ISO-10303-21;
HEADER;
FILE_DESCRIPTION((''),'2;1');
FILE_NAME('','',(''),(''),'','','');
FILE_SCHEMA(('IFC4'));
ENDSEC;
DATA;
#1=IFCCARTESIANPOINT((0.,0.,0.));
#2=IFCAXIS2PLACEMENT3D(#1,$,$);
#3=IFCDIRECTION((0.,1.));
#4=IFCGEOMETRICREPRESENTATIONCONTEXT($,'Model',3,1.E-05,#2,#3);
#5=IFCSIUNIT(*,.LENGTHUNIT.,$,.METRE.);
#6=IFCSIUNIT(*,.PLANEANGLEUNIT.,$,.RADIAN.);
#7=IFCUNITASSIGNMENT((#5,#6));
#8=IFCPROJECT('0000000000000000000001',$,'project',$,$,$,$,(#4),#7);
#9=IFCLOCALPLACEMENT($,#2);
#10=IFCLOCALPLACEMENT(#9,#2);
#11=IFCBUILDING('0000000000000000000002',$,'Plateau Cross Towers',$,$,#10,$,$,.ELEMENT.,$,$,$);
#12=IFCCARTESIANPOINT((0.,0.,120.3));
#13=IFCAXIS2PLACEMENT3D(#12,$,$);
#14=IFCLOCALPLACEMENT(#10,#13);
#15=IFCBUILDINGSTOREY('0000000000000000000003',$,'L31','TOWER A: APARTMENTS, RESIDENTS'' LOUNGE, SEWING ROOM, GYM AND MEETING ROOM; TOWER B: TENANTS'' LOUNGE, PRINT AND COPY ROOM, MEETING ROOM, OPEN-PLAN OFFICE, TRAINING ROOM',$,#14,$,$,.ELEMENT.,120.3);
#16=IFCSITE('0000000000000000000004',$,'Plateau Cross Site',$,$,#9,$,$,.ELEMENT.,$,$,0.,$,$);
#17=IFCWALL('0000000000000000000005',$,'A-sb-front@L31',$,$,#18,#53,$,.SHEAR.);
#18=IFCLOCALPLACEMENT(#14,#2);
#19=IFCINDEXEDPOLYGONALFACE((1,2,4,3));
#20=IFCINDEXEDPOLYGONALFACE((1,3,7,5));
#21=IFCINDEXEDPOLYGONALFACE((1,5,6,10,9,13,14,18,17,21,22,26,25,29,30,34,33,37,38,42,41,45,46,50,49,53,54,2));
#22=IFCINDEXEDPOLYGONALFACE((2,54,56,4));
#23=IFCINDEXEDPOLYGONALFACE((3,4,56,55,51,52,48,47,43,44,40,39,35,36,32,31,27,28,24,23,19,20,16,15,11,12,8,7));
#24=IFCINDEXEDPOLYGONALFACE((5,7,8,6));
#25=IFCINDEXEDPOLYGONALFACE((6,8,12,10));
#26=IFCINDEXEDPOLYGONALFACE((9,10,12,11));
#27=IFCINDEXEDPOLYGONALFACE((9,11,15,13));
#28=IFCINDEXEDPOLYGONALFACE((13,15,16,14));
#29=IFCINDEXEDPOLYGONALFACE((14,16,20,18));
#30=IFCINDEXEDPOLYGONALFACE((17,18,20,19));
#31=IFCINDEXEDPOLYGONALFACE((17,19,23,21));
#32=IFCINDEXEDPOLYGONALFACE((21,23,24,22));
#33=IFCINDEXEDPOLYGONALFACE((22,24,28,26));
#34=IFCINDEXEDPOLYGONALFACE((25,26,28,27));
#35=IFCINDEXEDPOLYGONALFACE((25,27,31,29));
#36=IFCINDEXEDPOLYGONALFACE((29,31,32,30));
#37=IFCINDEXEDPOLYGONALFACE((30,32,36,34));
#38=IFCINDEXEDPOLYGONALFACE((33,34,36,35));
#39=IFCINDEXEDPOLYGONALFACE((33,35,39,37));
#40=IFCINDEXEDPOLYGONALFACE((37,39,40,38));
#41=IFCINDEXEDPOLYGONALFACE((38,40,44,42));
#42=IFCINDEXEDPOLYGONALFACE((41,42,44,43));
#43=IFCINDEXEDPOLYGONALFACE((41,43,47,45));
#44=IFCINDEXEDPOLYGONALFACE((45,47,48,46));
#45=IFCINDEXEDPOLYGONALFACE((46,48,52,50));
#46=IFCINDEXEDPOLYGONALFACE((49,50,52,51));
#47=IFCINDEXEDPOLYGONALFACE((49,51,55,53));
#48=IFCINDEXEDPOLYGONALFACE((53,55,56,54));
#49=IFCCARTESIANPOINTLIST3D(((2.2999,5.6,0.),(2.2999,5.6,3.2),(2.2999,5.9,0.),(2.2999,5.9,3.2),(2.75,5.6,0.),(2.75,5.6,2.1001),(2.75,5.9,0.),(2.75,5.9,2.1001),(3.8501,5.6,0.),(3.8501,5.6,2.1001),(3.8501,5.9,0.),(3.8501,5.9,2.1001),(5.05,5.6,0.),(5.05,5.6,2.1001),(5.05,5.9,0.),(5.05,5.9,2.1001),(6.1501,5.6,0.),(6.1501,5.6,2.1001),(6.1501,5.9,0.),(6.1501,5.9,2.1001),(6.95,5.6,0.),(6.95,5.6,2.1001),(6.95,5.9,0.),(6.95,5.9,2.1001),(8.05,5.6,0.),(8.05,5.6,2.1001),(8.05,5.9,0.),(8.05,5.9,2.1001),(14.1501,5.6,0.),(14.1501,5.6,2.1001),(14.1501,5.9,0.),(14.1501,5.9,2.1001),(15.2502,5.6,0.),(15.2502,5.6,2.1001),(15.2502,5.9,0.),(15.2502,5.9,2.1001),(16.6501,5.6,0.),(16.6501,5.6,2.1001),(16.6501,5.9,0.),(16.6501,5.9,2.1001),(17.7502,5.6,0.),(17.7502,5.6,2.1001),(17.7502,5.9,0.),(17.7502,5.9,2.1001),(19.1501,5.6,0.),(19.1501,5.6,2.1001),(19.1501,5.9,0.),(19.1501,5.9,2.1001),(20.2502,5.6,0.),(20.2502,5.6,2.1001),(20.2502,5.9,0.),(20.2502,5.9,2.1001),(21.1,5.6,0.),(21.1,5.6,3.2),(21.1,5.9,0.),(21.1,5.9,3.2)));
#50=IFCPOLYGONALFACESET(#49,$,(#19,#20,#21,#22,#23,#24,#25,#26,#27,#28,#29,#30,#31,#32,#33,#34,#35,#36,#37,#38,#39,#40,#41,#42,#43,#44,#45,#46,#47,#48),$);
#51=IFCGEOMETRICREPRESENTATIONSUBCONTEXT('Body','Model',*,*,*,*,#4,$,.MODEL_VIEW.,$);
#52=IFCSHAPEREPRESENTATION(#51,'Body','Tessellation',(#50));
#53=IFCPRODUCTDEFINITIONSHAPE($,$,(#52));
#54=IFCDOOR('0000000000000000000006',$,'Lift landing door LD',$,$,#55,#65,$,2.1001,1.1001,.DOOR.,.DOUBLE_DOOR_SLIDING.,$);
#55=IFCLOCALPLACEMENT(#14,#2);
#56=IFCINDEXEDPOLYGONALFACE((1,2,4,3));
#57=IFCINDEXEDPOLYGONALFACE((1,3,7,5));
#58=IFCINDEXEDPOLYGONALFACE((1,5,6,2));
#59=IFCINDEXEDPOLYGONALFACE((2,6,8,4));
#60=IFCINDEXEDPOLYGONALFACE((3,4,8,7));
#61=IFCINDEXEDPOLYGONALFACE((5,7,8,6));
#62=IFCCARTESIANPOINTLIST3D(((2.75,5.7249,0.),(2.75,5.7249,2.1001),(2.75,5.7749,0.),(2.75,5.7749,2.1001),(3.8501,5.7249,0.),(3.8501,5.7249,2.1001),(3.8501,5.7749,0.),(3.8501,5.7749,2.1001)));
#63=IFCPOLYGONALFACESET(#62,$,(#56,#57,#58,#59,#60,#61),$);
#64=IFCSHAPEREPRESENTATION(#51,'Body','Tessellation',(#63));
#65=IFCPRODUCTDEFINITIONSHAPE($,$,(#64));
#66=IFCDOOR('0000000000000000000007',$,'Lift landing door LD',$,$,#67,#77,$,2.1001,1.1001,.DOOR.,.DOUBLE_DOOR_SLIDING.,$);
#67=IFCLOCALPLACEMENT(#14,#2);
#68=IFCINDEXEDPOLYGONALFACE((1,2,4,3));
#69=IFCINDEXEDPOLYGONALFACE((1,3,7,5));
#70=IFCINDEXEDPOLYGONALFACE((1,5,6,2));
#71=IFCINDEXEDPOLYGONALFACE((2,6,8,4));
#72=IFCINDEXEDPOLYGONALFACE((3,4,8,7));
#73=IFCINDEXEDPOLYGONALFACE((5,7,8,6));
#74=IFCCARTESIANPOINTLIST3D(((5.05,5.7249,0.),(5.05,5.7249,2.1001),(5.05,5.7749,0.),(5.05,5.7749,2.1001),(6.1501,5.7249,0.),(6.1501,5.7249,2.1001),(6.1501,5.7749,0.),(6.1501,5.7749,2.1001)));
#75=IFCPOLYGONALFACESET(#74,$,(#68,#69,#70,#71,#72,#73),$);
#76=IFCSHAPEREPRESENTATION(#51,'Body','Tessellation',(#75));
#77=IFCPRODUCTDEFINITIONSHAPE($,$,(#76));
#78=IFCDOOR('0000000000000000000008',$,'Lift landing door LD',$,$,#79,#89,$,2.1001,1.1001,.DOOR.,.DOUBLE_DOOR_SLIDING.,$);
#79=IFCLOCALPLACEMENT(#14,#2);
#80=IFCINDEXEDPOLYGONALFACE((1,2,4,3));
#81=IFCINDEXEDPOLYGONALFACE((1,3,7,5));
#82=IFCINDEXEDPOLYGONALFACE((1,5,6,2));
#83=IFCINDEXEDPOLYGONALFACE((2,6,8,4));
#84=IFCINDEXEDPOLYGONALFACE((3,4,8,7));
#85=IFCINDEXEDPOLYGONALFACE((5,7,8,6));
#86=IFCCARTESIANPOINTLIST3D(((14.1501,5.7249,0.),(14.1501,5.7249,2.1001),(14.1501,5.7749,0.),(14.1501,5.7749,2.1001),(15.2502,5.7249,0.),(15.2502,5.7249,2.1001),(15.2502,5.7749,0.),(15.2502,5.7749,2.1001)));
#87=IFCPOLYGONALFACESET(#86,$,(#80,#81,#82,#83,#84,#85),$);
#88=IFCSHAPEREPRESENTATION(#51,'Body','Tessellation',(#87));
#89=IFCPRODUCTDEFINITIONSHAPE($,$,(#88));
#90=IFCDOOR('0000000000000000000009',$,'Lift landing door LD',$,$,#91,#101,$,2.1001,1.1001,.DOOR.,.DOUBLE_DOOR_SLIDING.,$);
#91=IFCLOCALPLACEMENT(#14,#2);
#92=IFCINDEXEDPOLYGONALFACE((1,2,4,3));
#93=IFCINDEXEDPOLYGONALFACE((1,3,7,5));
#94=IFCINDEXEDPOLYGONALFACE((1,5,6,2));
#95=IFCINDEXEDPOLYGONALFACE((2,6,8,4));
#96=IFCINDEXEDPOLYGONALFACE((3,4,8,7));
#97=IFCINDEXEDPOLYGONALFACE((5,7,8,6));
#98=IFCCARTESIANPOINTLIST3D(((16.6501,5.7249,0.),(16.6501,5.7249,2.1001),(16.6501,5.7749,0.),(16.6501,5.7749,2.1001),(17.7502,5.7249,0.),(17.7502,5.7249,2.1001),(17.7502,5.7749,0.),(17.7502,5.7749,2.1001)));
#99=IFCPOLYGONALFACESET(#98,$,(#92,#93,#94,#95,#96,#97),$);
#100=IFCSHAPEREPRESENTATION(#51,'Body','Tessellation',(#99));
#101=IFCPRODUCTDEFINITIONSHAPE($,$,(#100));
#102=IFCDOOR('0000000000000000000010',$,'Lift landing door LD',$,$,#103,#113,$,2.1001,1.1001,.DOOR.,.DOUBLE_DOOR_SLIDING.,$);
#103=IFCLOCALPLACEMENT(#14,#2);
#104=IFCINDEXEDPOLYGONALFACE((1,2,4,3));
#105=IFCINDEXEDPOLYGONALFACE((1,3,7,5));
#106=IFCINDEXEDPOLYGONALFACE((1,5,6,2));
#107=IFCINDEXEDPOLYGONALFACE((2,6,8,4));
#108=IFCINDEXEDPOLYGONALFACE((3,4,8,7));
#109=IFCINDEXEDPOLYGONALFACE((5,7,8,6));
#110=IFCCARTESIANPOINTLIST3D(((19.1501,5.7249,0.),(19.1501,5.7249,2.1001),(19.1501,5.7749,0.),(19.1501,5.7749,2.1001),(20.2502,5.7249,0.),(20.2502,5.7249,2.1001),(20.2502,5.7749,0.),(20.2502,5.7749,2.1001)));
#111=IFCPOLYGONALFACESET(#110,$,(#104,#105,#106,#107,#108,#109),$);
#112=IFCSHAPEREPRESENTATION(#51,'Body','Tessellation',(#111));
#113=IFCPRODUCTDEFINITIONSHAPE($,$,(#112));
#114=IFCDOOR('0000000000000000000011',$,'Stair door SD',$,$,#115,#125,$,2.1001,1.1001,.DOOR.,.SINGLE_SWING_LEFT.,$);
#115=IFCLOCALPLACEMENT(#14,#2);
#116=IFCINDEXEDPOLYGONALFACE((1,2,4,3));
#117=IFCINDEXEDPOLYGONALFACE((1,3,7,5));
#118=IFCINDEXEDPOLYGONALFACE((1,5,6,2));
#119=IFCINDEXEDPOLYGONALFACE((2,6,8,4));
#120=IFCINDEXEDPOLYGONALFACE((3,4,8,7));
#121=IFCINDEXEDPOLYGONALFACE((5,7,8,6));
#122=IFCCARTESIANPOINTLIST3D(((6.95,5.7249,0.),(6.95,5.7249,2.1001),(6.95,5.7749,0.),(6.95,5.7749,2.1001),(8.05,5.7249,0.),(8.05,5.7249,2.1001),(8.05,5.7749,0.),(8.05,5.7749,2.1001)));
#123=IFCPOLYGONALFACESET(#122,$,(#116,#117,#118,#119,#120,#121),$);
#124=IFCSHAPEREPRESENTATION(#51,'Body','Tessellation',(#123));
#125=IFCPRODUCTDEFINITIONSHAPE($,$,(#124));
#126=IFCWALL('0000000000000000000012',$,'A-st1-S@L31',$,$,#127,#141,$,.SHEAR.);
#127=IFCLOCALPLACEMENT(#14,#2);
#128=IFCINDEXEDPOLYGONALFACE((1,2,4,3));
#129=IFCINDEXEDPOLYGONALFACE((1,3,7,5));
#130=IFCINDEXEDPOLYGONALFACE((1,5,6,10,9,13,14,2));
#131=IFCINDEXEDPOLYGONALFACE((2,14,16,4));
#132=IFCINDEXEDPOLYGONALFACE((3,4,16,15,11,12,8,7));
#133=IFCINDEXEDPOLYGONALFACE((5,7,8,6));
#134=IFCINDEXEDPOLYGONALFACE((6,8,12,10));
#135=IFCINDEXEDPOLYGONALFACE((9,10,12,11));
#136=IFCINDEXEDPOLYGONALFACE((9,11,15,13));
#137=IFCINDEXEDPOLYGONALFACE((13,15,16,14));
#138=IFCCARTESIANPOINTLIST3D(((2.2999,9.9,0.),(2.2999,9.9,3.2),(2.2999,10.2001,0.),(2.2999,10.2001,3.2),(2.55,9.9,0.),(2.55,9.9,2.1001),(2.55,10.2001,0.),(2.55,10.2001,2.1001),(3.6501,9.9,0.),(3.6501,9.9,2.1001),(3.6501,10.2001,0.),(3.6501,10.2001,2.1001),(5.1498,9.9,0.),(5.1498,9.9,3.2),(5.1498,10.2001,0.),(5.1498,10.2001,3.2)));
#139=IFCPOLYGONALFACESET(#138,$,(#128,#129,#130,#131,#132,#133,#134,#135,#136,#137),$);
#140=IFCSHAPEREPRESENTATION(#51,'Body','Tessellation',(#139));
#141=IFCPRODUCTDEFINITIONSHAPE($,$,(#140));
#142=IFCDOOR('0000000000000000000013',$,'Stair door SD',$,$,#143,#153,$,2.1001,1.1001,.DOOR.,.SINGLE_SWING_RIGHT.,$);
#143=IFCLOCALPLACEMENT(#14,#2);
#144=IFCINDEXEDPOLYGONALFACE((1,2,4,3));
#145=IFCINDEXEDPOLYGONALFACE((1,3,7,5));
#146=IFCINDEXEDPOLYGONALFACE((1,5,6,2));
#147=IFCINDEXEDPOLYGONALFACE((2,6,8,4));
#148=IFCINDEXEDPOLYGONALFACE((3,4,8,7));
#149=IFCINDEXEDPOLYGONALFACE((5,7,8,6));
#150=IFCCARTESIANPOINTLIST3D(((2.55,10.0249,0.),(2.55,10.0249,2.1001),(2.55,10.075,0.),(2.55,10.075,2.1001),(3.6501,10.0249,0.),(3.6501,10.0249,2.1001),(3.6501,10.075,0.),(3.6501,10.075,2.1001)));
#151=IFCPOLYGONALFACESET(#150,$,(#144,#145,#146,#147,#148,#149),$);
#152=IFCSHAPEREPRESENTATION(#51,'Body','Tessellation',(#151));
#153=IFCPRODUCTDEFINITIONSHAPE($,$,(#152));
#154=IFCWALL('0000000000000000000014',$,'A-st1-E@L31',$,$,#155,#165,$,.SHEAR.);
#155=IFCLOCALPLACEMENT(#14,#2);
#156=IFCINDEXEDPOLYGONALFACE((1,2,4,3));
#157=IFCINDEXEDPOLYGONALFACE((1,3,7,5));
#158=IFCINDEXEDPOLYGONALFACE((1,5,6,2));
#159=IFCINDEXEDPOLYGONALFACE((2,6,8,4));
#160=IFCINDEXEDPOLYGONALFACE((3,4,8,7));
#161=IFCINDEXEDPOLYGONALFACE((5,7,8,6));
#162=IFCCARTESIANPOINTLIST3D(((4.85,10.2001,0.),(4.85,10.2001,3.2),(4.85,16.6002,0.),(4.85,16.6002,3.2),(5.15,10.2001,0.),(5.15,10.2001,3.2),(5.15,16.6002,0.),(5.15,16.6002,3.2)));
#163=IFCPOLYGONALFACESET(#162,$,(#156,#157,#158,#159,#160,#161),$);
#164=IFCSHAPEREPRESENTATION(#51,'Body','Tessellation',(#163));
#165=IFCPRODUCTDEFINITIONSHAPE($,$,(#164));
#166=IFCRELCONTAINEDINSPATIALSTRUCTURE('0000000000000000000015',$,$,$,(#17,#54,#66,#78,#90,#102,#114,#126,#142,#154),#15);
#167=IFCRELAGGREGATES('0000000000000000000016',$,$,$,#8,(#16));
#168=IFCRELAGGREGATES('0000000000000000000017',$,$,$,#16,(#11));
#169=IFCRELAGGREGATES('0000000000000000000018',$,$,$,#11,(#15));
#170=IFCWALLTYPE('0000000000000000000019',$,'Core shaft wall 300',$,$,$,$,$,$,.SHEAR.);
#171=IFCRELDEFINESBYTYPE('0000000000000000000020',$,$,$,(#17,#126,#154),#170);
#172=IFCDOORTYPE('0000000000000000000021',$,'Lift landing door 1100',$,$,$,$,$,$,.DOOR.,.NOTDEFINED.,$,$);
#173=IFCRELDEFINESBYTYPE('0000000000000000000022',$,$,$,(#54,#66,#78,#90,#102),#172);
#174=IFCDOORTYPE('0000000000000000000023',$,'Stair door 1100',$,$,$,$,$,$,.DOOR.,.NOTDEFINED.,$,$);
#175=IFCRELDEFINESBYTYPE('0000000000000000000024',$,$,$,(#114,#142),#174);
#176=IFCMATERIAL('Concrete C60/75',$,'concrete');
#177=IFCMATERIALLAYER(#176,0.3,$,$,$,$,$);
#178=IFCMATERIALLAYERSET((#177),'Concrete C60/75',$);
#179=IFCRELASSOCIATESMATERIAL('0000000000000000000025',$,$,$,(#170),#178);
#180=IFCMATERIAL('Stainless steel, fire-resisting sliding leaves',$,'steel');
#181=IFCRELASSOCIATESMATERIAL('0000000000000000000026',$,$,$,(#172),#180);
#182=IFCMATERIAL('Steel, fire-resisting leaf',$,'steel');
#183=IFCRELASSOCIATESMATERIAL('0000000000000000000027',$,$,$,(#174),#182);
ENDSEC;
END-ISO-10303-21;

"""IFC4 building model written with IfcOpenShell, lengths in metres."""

from ifc_helpers import new_model, si_unit, direction, frame, frame_2d, origin, place, context, subcontext, project, spatial, rectangle, extrude, material, layer, layer_set, type_object, element, fill, save


model = new_model("IFC4")

# Units and contexts
model_context = context("Model", 3, precision=1e-05, world=origin(), true_north=direction((0.0, 1.0)))
body_context = subcontext(model_context, "Body", "Model", "MODEL_VIEW")
ifc_project = project(units=[si_unit("LENGTHUNIT", "METRE"), si_unit("PLANEANGLEUNIT", "RADIAN")], contexts=[model_context])

# Site, building, storey
site_placement = place(None, origin())
site = spatial("IfcSite", under=ifc_project, at=site_placement, Name="Plateau Cross Site", CompositionType="ELEMENT", RefElevation=0.0)
building_placement = place(site_placement, origin())
building = spatial("IfcBuilding", under=site, at=building_placement, Name="Plateau Cross Towers", CompositionType="ELEMENT")
storey_placement = place(building_placement, frame((0.0, 0.0, 120.3)))
storey = spatial("IfcBuildingStorey", under=building, at=storey_placement, Name="L31", Description="TOWER A: APARTMENTS, RESIDENTS' LOUNGE, SEWING ROOM, GYM AND MEETING ROOM; TOWER B: TENANTS' LOUNGE, PRINT AND COPY ROOM, MEETING ROOM, OPEN-PLAN OFFICE, TRAINING ROOM", CompositionType="ELEMENT", Elevation=120.3)

# Shared definitions
ifc_material_1 = material(Name="Concrete C60/75", Category="concrete")
ifc_layer_1 = layer(ifc_material_1, 0.3)
ifc_layer_set_1 = layer_set([ifc_layer_1], Name="Concrete C60/75")
wall_type_1 = type_object("IfcWallType", Name="Core shaft wall 300", PredefinedType="SHEAR", material=ifc_layer_set_1)

# Wall, openings, doors
wall_1_placement = place(storey_placement, frame((2.3, 5.75, 0.0), z_axis=(0.0, 0.0, 1.0), x_axis=(1.0, 0.0, 0.0)))
wall_1 = element("IfcWall", 1, at=wall_1_placement, inside=storey, type_object=wall_type_1, Name="A-sb-front@L31", PredefinedType="SHEAR", context=body_context, shape_type="SweptSolid", body=[
    extrude(rectangle(XDim=18.8, YDim=0.3, at=frame_2d((9.3999, 0.0))), origin(), (0.0, 0.0, 1.0), 3.2),
])
opening_1_placement = place(wall_1_placement, frame((4.6499, 0.0, 0.0)))
opening_1 = element("IfcOpeningElement", 2, at=opening_1_placement, cuts=wall_1, PredefinedType="OPENING", context=body_context, shape_type="SweptSolid", body=[
    extrude(rectangle(XDim=1.1001, YDim=2.1001, at=frame_2d((0.55, 1.05))), frame((0.0, 0.1599, 0.0), z_axis=(0.0, -1.0, 0.0), x_axis=(1.0, 0.0, 0.0)), (0.0, 0.0, 1.0), 0.3201),
])
opening_2_placement = place(wall_1_placement, frame((0.45, 0.0, 0.0)))
opening_2 = element("IfcOpeningElement", 3, at=opening_2_placement, cuts=wall_1, PredefinedType="OPENING", context=body_context, shape_type="SweptSolid", body=[
    extrude(rectangle(XDim=1.1001, YDim=2.1001, at=frame_2d((0.55, 1.05))), frame((0.0, 0.1599, 0.0), z_axis=(0.0, -1.0, 0.0), x_axis=(1.0, 0.0, 0.0)), (0.0, 0.0, 1.0), 0.3201),
])
opening_3_placement = place(wall_1_placement, frame((2.75, 0.0, 0.0)))
opening_3 = element("IfcOpeningElement", 4, at=opening_3_placement, cuts=wall_1, PredefinedType="OPENING", context=body_context, shape_type="SweptSolid", body=[
    extrude(rectangle(XDim=1.1001, YDim=2.1001, at=frame_2d((0.55, 1.05))), frame((0.0, 0.1599, 0.0), z_axis=(0.0, -1.0, 0.0), x_axis=(1.0, 0.0, 0.0)), (0.0, 0.0, 1.0), 0.3201),
])
opening_4_placement = place(wall_1_placement, frame((11.8501, 0.0, 0.0)))
opening_4 = element("IfcOpeningElement", 5, at=opening_4_placement, cuts=wall_1, PredefinedType="OPENING", context=body_context, shape_type="SweptSolid", body=[
    extrude(rectangle(XDim=1.1001, YDim=2.1001, at=frame_2d((0.55, 1.05))), frame((0.0, 0.1599, 0.0), z_axis=(0.0, -1.0, 0.0), x_axis=(1.0, 0.0, 0.0)), (0.0, 0.0, 1.0), 0.3201),
])
opening_5_placement = place(wall_1_placement, frame((14.3501, 0.0, 0.0)))
opening_5 = element("IfcOpeningElement", 6, at=opening_5_placement, cuts=wall_1, PredefinedType="OPENING", context=body_context, shape_type="SweptSolid", body=[
    extrude(rectangle(XDim=1.1001, YDim=2.1001, at=frame_2d((0.55, 1.05))), frame((0.0, 0.1599, 0.0), z_axis=(0.0, -1.0, 0.0), x_axis=(1.0, 0.0, 0.0)), (0.0, 0.0, 1.0), 0.3201),
])
opening_6_placement = place(wall_1_placement, frame((16.8501, 0.0, 0.0)))
opening_6 = element("IfcOpeningElement", 7, at=opening_6_placement, cuts=wall_1, PredefinedType="OPENING", context=body_context, shape_type="SweptSolid", body=[
    extrude(rectangle(XDim=1.1001, YDim=2.1001, at=frame_2d((0.55, 1.05))), frame((0.0, 0.1599, 0.0), z_axis=(0.0, -1.0, 0.0), x_axis=(1.0, 0.0, 0.0)), (0.0, 0.0, 1.0), 0.3201),
])
ifc_material_2 = material(Name="Stainless steel, fire-resisting sliding leaves", Category="steel")
door_type_1 = type_object("IfcDoorType", Name="Lift landing door 1100", OperationType="NOTDEFINED", PredefinedType="DOOR", material=ifc_material_2)
door_1_placement = place(opening_2_placement, origin())
door_1 = element("IfcDoor", 8, at=door_1_placement, inside=storey, type_object=door_type_1, Name="Lift landing door LD", OperationType="DOUBLE_DOOR_SLIDING", OverallHeight=2.1001, OverallWidth=1.1001, PredefinedType="DOOR", context=body_context, shape_type="SweptSolid", body=[
    extrude(rectangle(XDim=1.1001, YDim=2.1001, at=frame_2d((0.55, 1.05))), frame((0.0, 0.0249, 0.0), z_axis=(0.0, -1.0, 0.0), x_axis=(1.0, 0.0, 0.0)), (0.0, 0.0, 1.0), 0.05),
])
fill(opening_2, door_1)
door_2_placement = place(opening_3_placement, origin())
door_2 = element("IfcDoor", 9, at=door_2_placement, inside=storey, type_object=door_type_1, Name="Lift landing door LD", OperationType="DOUBLE_DOOR_SLIDING", OverallHeight=2.1001, OverallWidth=1.1001, PredefinedType="DOOR", context=body_context, shape_type="SweptSolid", body=[
    extrude(rectangle(XDim=1.1001, YDim=2.1001, at=frame_2d((0.55, 1.05))), frame((0.0, 0.0249, 0.0), z_axis=(0.0, -1.0, 0.0), x_axis=(1.0, 0.0, 0.0)), (0.0, 0.0, 1.0), 0.05),
])
fill(opening_3, door_2)
door_3_placement = place(opening_4_placement, origin())
door_3 = element("IfcDoor", 10, at=door_3_placement, inside=storey, type_object=door_type_1, Name="Lift landing door LD", OperationType="DOUBLE_DOOR_SLIDING", OverallHeight=2.1001, OverallWidth=1.1001, PredefinedType="DOOR", context=body_context, shape_type="SweptSolid", body=[
    extrude(rectangle(XDim=1.1001, YDim=2.1001, at=frame_2d((0.55, 1.05))), frame((0.0, 0.0249, 0.0), z_axis=(0.0, -1.0, 0.0), x_axis=(1.0, 0.0, 0.0)), (0.0, 0.0, 1.0), 0.05),
])
fill(opening_4, door_3)
door_4_placement = place(opening_5_placement, origin())
door_4 = element("IfcDoor", 11, at=door_4_placement, inside=storey, type_object=door_type_1, Name="Lift landing door LD", OperationType="DOUBLE_DOOR_SLIDING", OverallHeight=2.1001, OverallWidth=1.1001, PredefinedType="DOOR", context=body_context, shape_type="SweptSolid", body=[
    extrude(rectangle(XDim=1.1001, YDim=2.1001, at=frame_2d((0.55, 1.05))), frame((0.0, 0.0249, 0.0), z_axis=(0.0, -1.0, 0.0), x_axis=(1.0, 0.0, 0.0)), (0.0, 0.0, 1.0), 0.05),
])
fill(opening_5, door_4)
door_5_placement = place(opening_6_placement, origin())
door_5 = element("IfcDoor", 12, at=door_5_placement, inside=storey, type_object=door_type_1, Name="Lift landing door LD", OperationType="DOUBLE_DOOR_SLIDING", OverallHeight=2.1001, OverallWidth=1.1001, PredefinedType="DOOR", context=body_context, shape_type="SweptSolid", body=[
    extrude(rectangle(XDim=1.1001, YDim=2.1001, at=frame_2d((0.55, 1.05))), frame((0.0, 0.0249, 0.0), z_axis=(0.0, -1.0, 0.0), x_axis=(1.0, 0.0, 0.0)), (0.0, 0.0, 1.0), 0.05),
])
fill(opening_6, door_5)
ifc_material_3 = material(Name="Steel, fire-resisting leaf", Category="steel")
door_type_2 = type_object("IfcDoorType", Name="Stair door 1100", OperationType="NOTDEFINED", PredefinedType="DOOR", material=ifc_material_3)
door_6_placement = place(opening_1_placement, origin())
door_6 = element("IfcDoor", 13, at=door_6_placement, inside=storey, type_object=door_type_2, Name="Stair door SD", OperationType="SINGLE_SWING_LEFT", OverallHeight=2.1001, OverallWidth=1.1001, PredefinedType="DOOR", context=body_context, shape_type="SweptSolid", body=[
    extrude(rectangle(XDim=1.1001, YDim=2.1001, at=frame_2d((0.55, 1.05))), frame((0.0, 0.0249, 0.0), z_axis=(0.0, -1.0, 0.0), x_axis=(1.0, 0.0, 0.0)), (0.0, 0.0, 1.0), 0.05),
])
fill(opening_1, door_6)

# Wall, opening, door
wall_2_placement = place(storey_placement, frame((2.3, 10.05, 0.0), z_axis=(0.0, 0.0, 1.0), x_axis=(1.0, 0.0, 0.0)))
wall_2 = element("IfcWall", 14, at=wall_2_placement, inside=storey, type_object=wall_type_1, Name="A-st1-S@L31", PredefinedType="SHEAR", context=body_context, shape_type="SweptSolid", body=[
    extrude(rectangle(XDim=2.8499, YDim=0.3, at=frame_2d((1.4248, 0.0))), origin(), (0.0, 0.0, 1.0), 3.2),
])
opening_7_placement = place(wall_2_placement, frame((0.25, 0.0, 0.0)))
opening_7 = element("IfcOpeningElement", 15, at=opening_7_placement, cuts=wall_2, PredefinedType="OPENING", context=body_context, shape_type="SweptSolid", body=[
    extrude(rectangle(XDim=1.1001, YDim=2.1001, at=frame_2d((0.55, 1.05))), frame((0.0, 0.1599, 0.0), z_axis=(0.0, -1.0, 0.0), x_axis=(1.0, 0.0, 0.0)), (0.0, 0.0, 1.0), 0.3201),
])
door_7_placement = place(opening_7_placement, origin())
door_7 = element("IfcDoor", 16, at=door_7_placement, inside=storey, type_object=door_type_2, Name="Stair door SD", OperationType="SINGLE_SWING_RIGHT", OverallHeight=2.1001, OverallWidth=1.1001, PredefinedType="DOOR", context=body_context, shape_type="SweptSolid", body=[
    extrude(rectangle(XDim=1.1001, YDim=2.1001, at=frame_2d((0.55, 1.05))), frame((0.0, 0.0249, 0.0), z_axis=(0.0, -1.0, 0.0), x_axis=(1.0, 0.0, 0.0)), (0.0, 0.0, 1.0), 0.05),
])
fill(opening_7, door_7)

# Wall
wall_3_placement = place(storey_placement, frame((5.0, 10.2, 0.0), z_axis=(0.0, 0.0, 1.0), x_axis=(0.0, 1.0, 0.0)))
element("IfcWall", 17, at=wall_3_placement, inside=storey, type_object=wall_type_1, Name="A-st1-E@L31", PredefinedType="SHEAR", context=body_context, shape_type="SweptSolid", body=[
    extrude(rectangle(XDim=6.4001, YDim=0.3, at=frame_2d((3.2002, 0.0))), origin(), (0.0, 0.0, 1.0), 3.2),
])

save(model, "model.ifc")
